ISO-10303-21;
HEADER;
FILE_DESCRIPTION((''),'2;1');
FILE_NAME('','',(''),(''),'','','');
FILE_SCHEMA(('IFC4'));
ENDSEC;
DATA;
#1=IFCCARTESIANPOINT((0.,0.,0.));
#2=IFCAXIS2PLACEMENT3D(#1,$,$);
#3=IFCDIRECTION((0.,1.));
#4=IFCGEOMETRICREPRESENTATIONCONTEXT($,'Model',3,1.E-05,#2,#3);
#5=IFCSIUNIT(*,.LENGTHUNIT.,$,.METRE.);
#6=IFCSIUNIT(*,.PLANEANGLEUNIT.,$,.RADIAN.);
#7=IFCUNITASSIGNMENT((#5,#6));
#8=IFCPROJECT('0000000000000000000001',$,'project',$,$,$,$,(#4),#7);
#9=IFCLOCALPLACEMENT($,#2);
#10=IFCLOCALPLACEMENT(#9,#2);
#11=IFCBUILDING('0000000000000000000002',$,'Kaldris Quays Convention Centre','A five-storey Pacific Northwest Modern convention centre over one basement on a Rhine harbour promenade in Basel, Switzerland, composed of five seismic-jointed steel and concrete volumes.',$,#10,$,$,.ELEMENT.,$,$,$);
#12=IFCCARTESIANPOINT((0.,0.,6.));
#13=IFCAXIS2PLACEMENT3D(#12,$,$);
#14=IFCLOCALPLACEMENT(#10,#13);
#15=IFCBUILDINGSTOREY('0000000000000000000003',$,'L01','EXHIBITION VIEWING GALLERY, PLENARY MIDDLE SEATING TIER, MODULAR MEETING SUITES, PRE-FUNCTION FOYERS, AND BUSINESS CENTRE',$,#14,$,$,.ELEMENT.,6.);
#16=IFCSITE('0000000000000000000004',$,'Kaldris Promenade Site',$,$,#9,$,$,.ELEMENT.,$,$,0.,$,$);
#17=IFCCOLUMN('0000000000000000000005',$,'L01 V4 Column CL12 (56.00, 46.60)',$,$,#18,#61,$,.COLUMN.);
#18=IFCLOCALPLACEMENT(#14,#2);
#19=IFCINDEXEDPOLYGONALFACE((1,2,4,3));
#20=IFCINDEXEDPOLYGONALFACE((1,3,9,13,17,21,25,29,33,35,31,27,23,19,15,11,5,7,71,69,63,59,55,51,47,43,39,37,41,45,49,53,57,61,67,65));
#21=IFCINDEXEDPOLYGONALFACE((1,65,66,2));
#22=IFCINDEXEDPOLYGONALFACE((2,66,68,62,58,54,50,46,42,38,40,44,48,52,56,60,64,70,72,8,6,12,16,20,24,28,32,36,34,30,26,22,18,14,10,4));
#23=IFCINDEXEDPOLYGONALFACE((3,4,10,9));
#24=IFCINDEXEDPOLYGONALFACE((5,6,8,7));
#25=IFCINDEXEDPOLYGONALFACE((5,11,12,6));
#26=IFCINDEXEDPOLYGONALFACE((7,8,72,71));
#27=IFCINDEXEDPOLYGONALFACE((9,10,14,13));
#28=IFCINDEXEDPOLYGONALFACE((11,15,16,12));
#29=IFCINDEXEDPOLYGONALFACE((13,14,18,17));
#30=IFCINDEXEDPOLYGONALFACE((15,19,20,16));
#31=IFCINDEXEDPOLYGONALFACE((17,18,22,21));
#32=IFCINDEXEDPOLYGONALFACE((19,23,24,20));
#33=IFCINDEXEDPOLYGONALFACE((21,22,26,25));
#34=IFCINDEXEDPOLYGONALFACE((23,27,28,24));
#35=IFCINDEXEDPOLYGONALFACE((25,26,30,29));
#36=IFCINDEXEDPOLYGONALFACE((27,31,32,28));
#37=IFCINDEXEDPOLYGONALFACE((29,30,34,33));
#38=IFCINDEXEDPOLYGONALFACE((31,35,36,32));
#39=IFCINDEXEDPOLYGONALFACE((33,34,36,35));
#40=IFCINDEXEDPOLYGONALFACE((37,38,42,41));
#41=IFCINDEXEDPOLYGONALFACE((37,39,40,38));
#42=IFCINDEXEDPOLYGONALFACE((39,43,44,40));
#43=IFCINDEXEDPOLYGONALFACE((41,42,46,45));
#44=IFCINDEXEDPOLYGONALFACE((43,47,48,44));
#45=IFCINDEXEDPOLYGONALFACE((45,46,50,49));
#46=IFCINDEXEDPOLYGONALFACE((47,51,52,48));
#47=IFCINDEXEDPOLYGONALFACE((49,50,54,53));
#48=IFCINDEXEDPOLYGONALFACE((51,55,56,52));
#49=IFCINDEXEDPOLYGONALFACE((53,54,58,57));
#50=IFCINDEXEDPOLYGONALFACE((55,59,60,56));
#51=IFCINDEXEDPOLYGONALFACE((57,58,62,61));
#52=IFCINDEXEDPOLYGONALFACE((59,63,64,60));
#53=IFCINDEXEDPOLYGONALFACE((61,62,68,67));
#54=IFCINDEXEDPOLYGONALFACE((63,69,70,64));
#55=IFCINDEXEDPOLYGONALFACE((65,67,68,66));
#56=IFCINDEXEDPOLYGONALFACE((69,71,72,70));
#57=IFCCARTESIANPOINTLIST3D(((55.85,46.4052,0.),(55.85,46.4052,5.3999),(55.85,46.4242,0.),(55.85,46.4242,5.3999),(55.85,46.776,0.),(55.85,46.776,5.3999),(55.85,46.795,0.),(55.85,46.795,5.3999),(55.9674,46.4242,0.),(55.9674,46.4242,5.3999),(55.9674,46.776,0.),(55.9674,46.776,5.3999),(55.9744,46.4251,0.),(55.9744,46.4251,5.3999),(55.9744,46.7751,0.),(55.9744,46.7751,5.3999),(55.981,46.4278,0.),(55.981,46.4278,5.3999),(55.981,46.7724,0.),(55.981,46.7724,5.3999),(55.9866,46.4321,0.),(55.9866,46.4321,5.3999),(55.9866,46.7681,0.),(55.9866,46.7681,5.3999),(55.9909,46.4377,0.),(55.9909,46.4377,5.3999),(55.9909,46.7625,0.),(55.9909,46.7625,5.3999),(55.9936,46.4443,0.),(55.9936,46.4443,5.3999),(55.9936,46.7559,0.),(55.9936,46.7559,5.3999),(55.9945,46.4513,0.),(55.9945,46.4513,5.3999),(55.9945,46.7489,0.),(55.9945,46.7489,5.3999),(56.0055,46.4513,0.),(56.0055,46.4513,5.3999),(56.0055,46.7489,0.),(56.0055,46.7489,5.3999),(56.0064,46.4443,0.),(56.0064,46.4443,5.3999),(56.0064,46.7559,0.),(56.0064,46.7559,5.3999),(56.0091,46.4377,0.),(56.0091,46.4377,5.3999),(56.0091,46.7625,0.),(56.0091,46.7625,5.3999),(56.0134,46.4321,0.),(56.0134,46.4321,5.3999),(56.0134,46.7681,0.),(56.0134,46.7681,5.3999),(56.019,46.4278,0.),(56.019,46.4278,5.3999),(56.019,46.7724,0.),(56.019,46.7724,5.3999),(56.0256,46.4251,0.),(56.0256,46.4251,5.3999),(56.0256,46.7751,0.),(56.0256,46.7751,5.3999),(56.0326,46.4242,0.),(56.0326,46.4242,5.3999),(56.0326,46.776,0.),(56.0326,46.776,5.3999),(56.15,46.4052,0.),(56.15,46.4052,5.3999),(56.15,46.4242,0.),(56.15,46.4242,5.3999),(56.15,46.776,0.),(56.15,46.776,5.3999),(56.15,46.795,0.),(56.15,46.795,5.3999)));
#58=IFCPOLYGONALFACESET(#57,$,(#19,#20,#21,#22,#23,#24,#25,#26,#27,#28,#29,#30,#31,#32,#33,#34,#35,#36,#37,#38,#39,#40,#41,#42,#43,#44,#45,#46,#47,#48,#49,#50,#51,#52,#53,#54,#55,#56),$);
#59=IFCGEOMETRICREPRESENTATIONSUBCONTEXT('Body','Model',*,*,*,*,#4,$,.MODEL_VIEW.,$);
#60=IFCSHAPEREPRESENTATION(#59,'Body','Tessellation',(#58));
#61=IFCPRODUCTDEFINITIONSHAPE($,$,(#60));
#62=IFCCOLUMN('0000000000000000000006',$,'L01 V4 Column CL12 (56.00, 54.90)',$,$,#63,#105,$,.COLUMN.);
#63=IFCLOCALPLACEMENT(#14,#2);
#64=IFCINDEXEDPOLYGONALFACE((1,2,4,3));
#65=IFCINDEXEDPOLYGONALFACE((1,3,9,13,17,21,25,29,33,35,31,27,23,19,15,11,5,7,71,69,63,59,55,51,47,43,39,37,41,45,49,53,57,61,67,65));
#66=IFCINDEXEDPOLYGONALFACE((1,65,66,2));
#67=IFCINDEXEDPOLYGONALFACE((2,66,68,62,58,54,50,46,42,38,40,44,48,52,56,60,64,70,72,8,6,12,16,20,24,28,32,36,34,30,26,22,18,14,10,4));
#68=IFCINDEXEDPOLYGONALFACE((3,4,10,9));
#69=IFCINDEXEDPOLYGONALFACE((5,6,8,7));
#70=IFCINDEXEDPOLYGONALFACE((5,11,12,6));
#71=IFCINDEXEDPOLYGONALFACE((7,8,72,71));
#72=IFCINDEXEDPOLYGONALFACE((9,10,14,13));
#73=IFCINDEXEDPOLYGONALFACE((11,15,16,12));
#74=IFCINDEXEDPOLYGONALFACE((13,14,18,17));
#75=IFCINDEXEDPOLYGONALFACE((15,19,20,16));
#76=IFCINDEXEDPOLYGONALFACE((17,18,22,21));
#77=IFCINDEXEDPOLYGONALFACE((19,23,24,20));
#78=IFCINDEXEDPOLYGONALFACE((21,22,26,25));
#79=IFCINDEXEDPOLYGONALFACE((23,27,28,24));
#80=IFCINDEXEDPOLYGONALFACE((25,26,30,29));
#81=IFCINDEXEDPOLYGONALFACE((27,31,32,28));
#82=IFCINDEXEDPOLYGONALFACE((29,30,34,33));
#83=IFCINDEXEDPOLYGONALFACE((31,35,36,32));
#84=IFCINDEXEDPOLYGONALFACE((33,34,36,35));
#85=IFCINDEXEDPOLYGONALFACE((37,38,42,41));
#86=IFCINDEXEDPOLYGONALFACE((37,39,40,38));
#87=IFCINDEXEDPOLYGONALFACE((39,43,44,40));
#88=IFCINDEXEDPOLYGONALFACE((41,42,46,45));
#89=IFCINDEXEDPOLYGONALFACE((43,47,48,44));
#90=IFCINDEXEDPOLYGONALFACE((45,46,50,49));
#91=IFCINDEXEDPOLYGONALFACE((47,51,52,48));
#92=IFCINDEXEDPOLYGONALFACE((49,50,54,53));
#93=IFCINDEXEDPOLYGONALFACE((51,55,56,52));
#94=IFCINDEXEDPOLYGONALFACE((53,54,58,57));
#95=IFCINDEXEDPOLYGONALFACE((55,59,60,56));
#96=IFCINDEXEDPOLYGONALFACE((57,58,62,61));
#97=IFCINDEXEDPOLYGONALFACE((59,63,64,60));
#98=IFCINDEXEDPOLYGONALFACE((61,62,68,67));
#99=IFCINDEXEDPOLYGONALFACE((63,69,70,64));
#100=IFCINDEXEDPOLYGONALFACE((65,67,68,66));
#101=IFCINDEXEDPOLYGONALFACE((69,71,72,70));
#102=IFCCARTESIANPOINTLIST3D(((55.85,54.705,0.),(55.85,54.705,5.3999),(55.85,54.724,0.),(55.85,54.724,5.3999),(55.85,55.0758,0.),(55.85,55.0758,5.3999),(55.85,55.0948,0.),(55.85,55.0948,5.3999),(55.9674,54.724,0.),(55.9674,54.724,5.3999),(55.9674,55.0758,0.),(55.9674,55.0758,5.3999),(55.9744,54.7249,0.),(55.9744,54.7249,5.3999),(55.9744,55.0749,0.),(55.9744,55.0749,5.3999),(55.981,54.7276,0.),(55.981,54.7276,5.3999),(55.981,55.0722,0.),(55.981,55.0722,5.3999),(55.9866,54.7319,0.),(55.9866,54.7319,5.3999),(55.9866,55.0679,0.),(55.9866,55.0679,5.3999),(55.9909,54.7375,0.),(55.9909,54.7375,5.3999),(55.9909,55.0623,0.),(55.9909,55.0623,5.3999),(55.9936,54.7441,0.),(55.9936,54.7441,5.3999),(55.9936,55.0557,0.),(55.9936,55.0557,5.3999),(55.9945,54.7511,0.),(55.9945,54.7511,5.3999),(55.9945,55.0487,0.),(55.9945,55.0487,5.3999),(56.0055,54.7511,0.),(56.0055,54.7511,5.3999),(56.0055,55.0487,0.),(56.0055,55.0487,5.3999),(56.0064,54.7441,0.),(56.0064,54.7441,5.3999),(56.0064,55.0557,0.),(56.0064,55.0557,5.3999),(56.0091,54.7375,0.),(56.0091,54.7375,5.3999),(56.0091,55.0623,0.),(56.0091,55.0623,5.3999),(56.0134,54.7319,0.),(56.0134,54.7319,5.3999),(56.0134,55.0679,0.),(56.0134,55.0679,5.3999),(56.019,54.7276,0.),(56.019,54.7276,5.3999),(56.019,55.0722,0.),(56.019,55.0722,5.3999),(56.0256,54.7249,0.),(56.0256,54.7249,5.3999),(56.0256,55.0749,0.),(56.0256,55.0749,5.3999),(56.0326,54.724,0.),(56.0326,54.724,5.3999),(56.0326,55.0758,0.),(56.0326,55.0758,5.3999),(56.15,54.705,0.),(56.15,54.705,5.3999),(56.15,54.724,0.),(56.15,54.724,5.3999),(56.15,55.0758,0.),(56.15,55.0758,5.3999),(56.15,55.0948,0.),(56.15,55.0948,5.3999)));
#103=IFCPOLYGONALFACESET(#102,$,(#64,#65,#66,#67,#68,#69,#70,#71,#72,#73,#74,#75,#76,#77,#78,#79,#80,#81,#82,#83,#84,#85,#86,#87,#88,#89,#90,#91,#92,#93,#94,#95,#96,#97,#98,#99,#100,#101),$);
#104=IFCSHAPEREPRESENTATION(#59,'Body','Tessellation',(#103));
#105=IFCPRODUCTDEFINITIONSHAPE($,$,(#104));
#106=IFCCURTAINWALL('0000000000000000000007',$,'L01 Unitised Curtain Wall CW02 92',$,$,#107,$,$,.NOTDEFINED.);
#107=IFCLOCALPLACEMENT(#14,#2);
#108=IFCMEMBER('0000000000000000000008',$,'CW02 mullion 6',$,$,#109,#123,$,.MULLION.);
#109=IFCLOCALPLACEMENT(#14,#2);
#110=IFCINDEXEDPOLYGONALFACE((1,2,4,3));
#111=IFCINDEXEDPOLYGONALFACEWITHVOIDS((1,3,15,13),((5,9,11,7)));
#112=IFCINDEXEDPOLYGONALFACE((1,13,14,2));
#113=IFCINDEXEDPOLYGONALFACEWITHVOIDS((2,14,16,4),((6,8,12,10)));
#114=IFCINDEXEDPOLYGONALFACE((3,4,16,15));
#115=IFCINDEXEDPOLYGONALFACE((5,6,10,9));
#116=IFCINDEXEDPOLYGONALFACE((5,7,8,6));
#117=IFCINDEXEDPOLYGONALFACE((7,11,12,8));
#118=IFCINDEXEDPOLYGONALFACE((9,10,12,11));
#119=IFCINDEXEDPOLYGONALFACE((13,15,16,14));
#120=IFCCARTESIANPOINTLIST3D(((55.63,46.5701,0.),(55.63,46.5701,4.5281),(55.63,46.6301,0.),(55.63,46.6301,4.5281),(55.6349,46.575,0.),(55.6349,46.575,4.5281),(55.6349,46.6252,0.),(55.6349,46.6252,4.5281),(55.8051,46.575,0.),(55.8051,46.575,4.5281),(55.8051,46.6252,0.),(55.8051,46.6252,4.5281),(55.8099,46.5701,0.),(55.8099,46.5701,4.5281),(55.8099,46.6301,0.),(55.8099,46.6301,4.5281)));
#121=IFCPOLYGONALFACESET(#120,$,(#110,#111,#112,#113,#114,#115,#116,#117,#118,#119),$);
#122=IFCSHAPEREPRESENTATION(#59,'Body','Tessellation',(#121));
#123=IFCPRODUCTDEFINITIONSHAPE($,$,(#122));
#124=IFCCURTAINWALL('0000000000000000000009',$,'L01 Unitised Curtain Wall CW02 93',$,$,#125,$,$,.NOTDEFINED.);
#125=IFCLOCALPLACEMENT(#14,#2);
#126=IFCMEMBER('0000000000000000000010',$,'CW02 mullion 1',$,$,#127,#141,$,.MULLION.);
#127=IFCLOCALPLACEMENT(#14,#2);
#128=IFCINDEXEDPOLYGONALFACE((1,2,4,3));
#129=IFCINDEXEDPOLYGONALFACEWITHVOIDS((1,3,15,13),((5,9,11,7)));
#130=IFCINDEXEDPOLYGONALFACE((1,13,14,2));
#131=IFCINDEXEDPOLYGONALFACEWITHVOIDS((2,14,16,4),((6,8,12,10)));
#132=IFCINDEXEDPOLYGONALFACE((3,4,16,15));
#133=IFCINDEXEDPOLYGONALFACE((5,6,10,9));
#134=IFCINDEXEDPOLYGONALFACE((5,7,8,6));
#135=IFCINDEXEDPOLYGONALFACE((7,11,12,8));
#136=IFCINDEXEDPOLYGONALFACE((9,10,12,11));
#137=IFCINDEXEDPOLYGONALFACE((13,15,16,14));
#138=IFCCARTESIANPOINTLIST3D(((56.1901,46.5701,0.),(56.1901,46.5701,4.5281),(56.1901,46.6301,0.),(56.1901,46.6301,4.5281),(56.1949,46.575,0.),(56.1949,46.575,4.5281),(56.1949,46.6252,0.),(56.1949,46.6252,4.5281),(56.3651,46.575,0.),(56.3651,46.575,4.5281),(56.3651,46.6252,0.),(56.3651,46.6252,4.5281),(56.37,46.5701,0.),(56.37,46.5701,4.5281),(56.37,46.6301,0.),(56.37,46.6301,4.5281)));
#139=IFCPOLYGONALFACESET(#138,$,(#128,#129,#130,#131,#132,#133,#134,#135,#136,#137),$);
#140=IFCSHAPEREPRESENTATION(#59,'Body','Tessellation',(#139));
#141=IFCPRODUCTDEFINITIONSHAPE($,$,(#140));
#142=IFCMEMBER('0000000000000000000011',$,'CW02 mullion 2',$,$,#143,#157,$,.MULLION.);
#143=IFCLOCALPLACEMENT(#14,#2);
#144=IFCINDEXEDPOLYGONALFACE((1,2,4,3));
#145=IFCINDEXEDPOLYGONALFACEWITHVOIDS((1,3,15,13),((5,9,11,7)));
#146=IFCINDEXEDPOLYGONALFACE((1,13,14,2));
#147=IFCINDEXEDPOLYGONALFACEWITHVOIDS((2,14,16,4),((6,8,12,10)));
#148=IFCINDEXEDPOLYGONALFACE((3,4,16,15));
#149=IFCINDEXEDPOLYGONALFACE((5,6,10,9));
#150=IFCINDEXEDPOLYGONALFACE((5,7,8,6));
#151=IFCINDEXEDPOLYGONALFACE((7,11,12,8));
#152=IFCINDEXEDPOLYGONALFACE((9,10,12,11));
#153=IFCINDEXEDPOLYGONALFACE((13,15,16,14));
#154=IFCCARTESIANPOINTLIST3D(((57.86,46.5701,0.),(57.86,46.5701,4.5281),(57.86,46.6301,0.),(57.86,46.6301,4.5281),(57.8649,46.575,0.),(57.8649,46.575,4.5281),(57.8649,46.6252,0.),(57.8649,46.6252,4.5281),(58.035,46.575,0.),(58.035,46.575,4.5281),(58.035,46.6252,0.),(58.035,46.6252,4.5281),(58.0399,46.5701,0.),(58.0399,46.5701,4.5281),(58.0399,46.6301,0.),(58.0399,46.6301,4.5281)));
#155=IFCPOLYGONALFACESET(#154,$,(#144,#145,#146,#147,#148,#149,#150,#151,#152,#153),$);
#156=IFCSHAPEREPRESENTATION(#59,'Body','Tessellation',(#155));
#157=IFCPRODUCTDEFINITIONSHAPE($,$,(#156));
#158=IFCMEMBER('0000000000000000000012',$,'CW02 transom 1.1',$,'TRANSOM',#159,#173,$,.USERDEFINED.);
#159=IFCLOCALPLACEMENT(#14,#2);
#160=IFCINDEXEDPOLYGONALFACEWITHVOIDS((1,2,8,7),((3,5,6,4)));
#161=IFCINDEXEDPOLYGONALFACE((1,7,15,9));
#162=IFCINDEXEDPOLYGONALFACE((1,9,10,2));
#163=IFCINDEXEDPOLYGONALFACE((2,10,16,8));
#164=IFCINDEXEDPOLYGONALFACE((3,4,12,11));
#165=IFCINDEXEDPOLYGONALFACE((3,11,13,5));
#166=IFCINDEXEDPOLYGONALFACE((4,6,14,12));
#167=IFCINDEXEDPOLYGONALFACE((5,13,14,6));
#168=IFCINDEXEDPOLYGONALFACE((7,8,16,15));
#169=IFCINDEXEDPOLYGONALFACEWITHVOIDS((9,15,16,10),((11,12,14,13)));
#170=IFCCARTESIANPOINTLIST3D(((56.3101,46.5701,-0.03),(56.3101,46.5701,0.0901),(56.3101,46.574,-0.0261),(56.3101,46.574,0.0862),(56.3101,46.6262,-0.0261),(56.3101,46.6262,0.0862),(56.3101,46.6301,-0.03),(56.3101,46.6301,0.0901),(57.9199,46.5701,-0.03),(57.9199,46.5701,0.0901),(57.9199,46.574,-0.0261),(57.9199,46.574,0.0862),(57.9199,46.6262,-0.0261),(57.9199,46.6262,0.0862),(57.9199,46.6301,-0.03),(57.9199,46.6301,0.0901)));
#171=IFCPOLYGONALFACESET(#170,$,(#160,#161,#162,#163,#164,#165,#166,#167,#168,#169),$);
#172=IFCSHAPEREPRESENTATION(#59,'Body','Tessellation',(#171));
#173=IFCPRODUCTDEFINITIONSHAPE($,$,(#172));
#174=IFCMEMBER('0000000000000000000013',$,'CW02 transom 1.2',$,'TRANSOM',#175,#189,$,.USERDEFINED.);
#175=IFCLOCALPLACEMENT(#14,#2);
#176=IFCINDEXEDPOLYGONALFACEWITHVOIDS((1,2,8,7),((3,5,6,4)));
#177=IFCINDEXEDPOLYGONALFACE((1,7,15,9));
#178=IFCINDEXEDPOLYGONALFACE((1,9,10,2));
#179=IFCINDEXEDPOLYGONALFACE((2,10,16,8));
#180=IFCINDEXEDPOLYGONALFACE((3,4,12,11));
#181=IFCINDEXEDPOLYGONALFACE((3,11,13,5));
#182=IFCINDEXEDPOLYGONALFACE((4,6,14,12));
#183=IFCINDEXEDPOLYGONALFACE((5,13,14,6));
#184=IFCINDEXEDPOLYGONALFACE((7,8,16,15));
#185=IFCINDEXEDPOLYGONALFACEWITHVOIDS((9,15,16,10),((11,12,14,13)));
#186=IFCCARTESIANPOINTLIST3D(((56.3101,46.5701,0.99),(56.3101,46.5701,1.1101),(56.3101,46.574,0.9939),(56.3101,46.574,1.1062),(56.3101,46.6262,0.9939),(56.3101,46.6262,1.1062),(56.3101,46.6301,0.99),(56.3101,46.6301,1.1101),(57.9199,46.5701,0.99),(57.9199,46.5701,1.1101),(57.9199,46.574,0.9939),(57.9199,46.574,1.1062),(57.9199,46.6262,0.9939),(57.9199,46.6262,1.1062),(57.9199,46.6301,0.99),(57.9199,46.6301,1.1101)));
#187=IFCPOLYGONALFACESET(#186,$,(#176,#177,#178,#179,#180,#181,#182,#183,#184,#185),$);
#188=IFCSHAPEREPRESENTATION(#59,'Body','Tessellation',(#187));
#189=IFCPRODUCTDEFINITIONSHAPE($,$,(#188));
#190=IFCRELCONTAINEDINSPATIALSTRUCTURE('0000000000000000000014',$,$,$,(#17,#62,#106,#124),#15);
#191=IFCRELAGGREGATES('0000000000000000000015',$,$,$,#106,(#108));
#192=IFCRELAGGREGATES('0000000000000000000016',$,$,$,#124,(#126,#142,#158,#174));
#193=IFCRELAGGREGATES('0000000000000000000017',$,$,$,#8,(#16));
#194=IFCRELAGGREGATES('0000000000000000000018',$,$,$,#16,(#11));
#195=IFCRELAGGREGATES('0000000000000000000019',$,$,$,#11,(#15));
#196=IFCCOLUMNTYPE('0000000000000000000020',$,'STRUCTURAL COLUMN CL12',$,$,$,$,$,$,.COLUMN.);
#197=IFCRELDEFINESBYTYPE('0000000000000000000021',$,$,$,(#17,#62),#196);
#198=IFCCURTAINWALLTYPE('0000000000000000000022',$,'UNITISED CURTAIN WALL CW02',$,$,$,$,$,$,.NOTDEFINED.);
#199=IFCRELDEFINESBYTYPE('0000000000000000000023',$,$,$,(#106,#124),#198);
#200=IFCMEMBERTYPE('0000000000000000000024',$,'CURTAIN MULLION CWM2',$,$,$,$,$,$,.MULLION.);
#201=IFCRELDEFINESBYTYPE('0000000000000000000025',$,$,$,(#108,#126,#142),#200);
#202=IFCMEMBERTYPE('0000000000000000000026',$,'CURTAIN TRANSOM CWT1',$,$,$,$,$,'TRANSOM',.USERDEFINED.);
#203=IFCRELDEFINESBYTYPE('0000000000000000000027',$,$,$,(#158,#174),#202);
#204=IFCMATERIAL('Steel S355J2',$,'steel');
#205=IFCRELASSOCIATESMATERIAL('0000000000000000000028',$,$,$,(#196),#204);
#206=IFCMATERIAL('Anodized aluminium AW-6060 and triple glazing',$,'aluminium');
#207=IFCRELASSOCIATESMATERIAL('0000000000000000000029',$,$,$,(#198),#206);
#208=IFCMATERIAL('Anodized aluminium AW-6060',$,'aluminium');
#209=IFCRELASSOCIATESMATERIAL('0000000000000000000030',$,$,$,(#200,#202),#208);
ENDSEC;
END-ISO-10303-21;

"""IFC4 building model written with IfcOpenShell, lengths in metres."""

from ifc_helpers import new_model, si_unit, direction, frame, origin, origin_2d, place, context, subcontext, project, spatial, hollow_rectangle, i_section, extrude, material, material_profile, profile_set, type_object, element, aggregate, save


model = new_model("IFC4")

# Units and contexts
model_context = context("Model", 3, precision=1e-05, world=origin(), true_north=direction((0.0, 1.0)))
body_context = subcontext(model_context, "Body", "Model", "MODEL_VIEW")
ifc_project = project(units=[si_unit("LENGTHUNIT", "METRE"), si_unit("PLANEANGLEUNIT", "RADIAN")], contexts=[model_context])

# Site, building, storey
site_placement = place(None, origin())
site = spatial("IfcSite", under=ifc_project, at=site_placement, Name="Kaldris Promenade Site", CompositionType="ELEMENT", RefElevation=0.0)
building_placement = place(site_placement, origin())
building = spatial("IfcBuilding", under=site, at=building_placement, Name="Kaldris Quays Convention Centre", Description="A five-storey Pacific Northwest Modern convention centre over one basement on a Rhine harbour promenade in Basel, Switzerland, composed of five seismic-jointed steel and concrete volumes.", CompositionType="ELEMENT")
storey_placement = place(building_placement, frame((0.0, 0.0, 6.0)))
storey = spatial("IfcBuildingStorey", under=building, at=storey_placement, Name="L01", Description="EXHIBITION VIEWING GALLERY, PLENARY MIDDLE SEATING TIER, MODULAR MEETING SUITES, PRE-FUNCTION FOYERS, AND BUSINESS CENTRE", CompositionType="ELEMENT", Elevation=6.0)

# Columns
ifc_material_1 = material(Name="Steel S355J2", Category="steel")
ifc_material_profile_1 = material_profile(ifc_material_1, i_section(OverallWidth=0.3, OverallDepth=0.3899, WebThickness=0.011, FlangeThickness=0.019, FilletRadius=0.0271, at=origin_2d()), Name="HEA 400")
ifc_profile_set_1 = profile_set([ifc_material_profile_1], Name="Steel S355J2")
column_type = type_object("IfcColumnType", Name="STRUCTURAL COLUMN CL12", PredefinedType="COLUMN", material=ifc_profile_set_1)
for number, where, z_axis, x_axis, name in (
    (1, (56.0, 46.6001, 0.0), (0.0, 0.0, 1.0), (1.0, 0.0, 0.0), "L01 V4 Column CL12 (56.00, 46.60)"),
    (2, (56.0, 54.8999, 0.0), (0.0, 0.0, 1.0), (1.0, 0.0, 0.0), "L01 V4 Column CL12 (56.00, 54.90)"),
):
    element("IfcColumn", number, at=place(storey_placement, frame(where, z_axis=z_axis, x_axis=x_axis)), inside=storey, type_object=column_type, Name=name, PredefinedType="COLUMN", context=body_context, shape_type="SweptSolid", body=[
        extrude(i_section(OverallWidth=0.3, OverallDepth=0.3899, WebThickness=0.011, FlangeThickness=0.019, FilletRadius=0.0271, at=origin_2d()), origin(), (0.0, 0.0, 1.0), 5.3999),
    ])

# Curtain wall, member
ifc_material_2 = material(Name="Anodized aluminium AW-6060 and triple glazing", Category="aluminium")
curtain_wall_type = type_object("IfcCurtainWallType", Name="UNITISED CURTAIN WALL CW02", PredefinedType="NOTDEFINED", material=ifc_material_2)
curtain_wall_1_placement = place(storey_placement, origin())
curtain_wall_1 = element("IfcCurtainWall", 3, at=curtain_wall_1_placement, inside=storey, type_object=curtain_wall_type, Name="L01 Unitised Curtain Wall CW02 92", PredefinedType="NOTDEFINED")
ifc_material_3 = material(Name="Anodized aluminium AW-6060", Category="aluminium")
ifc_material_profile_2 = material_profile(ifc_material_3, hollow_rectangle(XDim=0.0601, YDim=0.1799, WallThickness=0.0049, at=origin_2d()), Name="RHS 180x60x5")
ifc_profile_set_2 = profile_set([ifc_material_profile_2], Name="Anodized aluminium AW-6060")
member_type_1 = type_object("IfcMemberType", Name="CURTAIN MULLION CWM2", PredefinedType="MULLION", material=ifc_profile_set_2)
member_1_placement = place(storey_placement, frame((55.72, 46.6001, 0.0), z_axis=(0.0, 0.0, 1.0), x_axis=(0.0, 1.0, 0.0)))
member_1 = element("IfcMember", 4, at=member_1_placement, type_object=member_type_1, Name="CW02 mullion 6", PredefinedType="MULLION", context=body_context, shape_type="SweptSolid", body=[
    extrude(hollow_rectangle(XDim=0.0601, YDim=0.1799, WallThickness=0.0049, at=origin_2d()), origin(), (0.0, 0.0, 1.0), 4.5281),
])
aggregate(curtain_wall_1, [member_1])

# Curtain wall, members
curtain_wall_2_placement = place(storey_placement, origin())
curtain_wall_2 = element("IfcCurtainWall", 5, at=curtain_wall_2_placement, inside=storey, type_object=curtain_wall_type, Name="L01 Unitised Curtain Wall CW02 93", PredefinedType="NOTDEFINED")
member_2_placement = place(storey_placement, frame((56.28, 46.6001, 0.0), z_axis=(0.0, 0.0, 1.0), x_axis=(0.0, 1.0, 0.0)))
member_2 = element("IfcMember", 6, at=member_2_placement, type_object=member_type_1, Name="CW02 mullion 1", PredefinedType="MULLION", context=body_context, shape_type="SweptSolid", body=[
    extrude(hollow_rectangle(XDim=0.0601, YDim=0.1799, WallThickness=0.0049, at=origin_2d()), origin(), (0.0, 0.0, 1.0), 4.5281),
])
member_3_placement = place(storey_placement, frame((57.95, 46.6001, 0.0), z_axis=(0.0, 0.0, 1.0), x_axis=(0.0, 1.0, 0.0)))
member_3 = element("IfcMember", 7, at=member_3_placement, type_object=member_type_1, Name="CW02 mullion 2", PredefinedType="MULLION", context=body_context, shape_type="SweptSolid", body=[
    extrude(hollow_rectangle(XDim=0.0601, YDim=0.1799, WallThickness=0.0049, at=origin_2d()), origin(), (0.0, 0.0, 1.0), 4.5281),
])
ifc_material_profile_3 = material_profile(ifc_material_3, hollow_rectangle(XDim=0.0601, YDim=0.1201, WallThickness=0.0039, at=origin_2d()), Name="RHS 120x60x4")
ifc_profile_set_3 = profile_set([ifc_material_profile_3], Name="Anodized aluminium AW-6060")
member_type_2 = type_object("IfcMemberType", Name="CURTAIN TRANSOM CWT1", ElementType="TRANSOM", PredefinedType="USERDEFINED", material=ifc_profile_set_3)
member_4_placement = place(storey_placement, frame((56.3101, 46.6001, 0.03), z_axis=(1.0, 0.0, 0.0), x_axis=(0.0, 1.0, 0.0)))
member_4 = element("IfcMember", 8, at=member_4_placement, type_object=member_type_2, Name="CW02 transom 1.1", ObjectType="TRANSOM", PredefinedType="USERDEFINED", context=body_context, shape_type="SweptSolid", body=[
    extrude(hollow_rectangle(XDim=0.0601, YDim=0.1201, WallThickness=0.0039, at=origin_2d()), origin(), (0.0, 0.0, 1.0), 1.6099),
])
member_5_placement = place(storey_placement, frame((56.3101, 46.6001, 1.05), z_axis=(1.0, 0.0, 0.0), x_axis=(0.0, 1.0, 0.0)))
member_5 = element("IfcMember", 9, at=member_5_placement, type_object=member_type_2, Name="CW02 transom 1.2", ObjectType="TRANSOM", PredefinedType="USERDEFINED", context=body_context, shape_type="SweptSolid", body=[
    extrude(hollow_rectangle(XDim=0.0601, YDim=0.1201, WallThickness=0.0039, at=origin_2d()), origin(), (0.0, 0.0, 1.0), 1.6099),
])
aggregate(curtain_wall_2, [member_2, member_3, member_4, member_5])

save(model, "model.ifc")
